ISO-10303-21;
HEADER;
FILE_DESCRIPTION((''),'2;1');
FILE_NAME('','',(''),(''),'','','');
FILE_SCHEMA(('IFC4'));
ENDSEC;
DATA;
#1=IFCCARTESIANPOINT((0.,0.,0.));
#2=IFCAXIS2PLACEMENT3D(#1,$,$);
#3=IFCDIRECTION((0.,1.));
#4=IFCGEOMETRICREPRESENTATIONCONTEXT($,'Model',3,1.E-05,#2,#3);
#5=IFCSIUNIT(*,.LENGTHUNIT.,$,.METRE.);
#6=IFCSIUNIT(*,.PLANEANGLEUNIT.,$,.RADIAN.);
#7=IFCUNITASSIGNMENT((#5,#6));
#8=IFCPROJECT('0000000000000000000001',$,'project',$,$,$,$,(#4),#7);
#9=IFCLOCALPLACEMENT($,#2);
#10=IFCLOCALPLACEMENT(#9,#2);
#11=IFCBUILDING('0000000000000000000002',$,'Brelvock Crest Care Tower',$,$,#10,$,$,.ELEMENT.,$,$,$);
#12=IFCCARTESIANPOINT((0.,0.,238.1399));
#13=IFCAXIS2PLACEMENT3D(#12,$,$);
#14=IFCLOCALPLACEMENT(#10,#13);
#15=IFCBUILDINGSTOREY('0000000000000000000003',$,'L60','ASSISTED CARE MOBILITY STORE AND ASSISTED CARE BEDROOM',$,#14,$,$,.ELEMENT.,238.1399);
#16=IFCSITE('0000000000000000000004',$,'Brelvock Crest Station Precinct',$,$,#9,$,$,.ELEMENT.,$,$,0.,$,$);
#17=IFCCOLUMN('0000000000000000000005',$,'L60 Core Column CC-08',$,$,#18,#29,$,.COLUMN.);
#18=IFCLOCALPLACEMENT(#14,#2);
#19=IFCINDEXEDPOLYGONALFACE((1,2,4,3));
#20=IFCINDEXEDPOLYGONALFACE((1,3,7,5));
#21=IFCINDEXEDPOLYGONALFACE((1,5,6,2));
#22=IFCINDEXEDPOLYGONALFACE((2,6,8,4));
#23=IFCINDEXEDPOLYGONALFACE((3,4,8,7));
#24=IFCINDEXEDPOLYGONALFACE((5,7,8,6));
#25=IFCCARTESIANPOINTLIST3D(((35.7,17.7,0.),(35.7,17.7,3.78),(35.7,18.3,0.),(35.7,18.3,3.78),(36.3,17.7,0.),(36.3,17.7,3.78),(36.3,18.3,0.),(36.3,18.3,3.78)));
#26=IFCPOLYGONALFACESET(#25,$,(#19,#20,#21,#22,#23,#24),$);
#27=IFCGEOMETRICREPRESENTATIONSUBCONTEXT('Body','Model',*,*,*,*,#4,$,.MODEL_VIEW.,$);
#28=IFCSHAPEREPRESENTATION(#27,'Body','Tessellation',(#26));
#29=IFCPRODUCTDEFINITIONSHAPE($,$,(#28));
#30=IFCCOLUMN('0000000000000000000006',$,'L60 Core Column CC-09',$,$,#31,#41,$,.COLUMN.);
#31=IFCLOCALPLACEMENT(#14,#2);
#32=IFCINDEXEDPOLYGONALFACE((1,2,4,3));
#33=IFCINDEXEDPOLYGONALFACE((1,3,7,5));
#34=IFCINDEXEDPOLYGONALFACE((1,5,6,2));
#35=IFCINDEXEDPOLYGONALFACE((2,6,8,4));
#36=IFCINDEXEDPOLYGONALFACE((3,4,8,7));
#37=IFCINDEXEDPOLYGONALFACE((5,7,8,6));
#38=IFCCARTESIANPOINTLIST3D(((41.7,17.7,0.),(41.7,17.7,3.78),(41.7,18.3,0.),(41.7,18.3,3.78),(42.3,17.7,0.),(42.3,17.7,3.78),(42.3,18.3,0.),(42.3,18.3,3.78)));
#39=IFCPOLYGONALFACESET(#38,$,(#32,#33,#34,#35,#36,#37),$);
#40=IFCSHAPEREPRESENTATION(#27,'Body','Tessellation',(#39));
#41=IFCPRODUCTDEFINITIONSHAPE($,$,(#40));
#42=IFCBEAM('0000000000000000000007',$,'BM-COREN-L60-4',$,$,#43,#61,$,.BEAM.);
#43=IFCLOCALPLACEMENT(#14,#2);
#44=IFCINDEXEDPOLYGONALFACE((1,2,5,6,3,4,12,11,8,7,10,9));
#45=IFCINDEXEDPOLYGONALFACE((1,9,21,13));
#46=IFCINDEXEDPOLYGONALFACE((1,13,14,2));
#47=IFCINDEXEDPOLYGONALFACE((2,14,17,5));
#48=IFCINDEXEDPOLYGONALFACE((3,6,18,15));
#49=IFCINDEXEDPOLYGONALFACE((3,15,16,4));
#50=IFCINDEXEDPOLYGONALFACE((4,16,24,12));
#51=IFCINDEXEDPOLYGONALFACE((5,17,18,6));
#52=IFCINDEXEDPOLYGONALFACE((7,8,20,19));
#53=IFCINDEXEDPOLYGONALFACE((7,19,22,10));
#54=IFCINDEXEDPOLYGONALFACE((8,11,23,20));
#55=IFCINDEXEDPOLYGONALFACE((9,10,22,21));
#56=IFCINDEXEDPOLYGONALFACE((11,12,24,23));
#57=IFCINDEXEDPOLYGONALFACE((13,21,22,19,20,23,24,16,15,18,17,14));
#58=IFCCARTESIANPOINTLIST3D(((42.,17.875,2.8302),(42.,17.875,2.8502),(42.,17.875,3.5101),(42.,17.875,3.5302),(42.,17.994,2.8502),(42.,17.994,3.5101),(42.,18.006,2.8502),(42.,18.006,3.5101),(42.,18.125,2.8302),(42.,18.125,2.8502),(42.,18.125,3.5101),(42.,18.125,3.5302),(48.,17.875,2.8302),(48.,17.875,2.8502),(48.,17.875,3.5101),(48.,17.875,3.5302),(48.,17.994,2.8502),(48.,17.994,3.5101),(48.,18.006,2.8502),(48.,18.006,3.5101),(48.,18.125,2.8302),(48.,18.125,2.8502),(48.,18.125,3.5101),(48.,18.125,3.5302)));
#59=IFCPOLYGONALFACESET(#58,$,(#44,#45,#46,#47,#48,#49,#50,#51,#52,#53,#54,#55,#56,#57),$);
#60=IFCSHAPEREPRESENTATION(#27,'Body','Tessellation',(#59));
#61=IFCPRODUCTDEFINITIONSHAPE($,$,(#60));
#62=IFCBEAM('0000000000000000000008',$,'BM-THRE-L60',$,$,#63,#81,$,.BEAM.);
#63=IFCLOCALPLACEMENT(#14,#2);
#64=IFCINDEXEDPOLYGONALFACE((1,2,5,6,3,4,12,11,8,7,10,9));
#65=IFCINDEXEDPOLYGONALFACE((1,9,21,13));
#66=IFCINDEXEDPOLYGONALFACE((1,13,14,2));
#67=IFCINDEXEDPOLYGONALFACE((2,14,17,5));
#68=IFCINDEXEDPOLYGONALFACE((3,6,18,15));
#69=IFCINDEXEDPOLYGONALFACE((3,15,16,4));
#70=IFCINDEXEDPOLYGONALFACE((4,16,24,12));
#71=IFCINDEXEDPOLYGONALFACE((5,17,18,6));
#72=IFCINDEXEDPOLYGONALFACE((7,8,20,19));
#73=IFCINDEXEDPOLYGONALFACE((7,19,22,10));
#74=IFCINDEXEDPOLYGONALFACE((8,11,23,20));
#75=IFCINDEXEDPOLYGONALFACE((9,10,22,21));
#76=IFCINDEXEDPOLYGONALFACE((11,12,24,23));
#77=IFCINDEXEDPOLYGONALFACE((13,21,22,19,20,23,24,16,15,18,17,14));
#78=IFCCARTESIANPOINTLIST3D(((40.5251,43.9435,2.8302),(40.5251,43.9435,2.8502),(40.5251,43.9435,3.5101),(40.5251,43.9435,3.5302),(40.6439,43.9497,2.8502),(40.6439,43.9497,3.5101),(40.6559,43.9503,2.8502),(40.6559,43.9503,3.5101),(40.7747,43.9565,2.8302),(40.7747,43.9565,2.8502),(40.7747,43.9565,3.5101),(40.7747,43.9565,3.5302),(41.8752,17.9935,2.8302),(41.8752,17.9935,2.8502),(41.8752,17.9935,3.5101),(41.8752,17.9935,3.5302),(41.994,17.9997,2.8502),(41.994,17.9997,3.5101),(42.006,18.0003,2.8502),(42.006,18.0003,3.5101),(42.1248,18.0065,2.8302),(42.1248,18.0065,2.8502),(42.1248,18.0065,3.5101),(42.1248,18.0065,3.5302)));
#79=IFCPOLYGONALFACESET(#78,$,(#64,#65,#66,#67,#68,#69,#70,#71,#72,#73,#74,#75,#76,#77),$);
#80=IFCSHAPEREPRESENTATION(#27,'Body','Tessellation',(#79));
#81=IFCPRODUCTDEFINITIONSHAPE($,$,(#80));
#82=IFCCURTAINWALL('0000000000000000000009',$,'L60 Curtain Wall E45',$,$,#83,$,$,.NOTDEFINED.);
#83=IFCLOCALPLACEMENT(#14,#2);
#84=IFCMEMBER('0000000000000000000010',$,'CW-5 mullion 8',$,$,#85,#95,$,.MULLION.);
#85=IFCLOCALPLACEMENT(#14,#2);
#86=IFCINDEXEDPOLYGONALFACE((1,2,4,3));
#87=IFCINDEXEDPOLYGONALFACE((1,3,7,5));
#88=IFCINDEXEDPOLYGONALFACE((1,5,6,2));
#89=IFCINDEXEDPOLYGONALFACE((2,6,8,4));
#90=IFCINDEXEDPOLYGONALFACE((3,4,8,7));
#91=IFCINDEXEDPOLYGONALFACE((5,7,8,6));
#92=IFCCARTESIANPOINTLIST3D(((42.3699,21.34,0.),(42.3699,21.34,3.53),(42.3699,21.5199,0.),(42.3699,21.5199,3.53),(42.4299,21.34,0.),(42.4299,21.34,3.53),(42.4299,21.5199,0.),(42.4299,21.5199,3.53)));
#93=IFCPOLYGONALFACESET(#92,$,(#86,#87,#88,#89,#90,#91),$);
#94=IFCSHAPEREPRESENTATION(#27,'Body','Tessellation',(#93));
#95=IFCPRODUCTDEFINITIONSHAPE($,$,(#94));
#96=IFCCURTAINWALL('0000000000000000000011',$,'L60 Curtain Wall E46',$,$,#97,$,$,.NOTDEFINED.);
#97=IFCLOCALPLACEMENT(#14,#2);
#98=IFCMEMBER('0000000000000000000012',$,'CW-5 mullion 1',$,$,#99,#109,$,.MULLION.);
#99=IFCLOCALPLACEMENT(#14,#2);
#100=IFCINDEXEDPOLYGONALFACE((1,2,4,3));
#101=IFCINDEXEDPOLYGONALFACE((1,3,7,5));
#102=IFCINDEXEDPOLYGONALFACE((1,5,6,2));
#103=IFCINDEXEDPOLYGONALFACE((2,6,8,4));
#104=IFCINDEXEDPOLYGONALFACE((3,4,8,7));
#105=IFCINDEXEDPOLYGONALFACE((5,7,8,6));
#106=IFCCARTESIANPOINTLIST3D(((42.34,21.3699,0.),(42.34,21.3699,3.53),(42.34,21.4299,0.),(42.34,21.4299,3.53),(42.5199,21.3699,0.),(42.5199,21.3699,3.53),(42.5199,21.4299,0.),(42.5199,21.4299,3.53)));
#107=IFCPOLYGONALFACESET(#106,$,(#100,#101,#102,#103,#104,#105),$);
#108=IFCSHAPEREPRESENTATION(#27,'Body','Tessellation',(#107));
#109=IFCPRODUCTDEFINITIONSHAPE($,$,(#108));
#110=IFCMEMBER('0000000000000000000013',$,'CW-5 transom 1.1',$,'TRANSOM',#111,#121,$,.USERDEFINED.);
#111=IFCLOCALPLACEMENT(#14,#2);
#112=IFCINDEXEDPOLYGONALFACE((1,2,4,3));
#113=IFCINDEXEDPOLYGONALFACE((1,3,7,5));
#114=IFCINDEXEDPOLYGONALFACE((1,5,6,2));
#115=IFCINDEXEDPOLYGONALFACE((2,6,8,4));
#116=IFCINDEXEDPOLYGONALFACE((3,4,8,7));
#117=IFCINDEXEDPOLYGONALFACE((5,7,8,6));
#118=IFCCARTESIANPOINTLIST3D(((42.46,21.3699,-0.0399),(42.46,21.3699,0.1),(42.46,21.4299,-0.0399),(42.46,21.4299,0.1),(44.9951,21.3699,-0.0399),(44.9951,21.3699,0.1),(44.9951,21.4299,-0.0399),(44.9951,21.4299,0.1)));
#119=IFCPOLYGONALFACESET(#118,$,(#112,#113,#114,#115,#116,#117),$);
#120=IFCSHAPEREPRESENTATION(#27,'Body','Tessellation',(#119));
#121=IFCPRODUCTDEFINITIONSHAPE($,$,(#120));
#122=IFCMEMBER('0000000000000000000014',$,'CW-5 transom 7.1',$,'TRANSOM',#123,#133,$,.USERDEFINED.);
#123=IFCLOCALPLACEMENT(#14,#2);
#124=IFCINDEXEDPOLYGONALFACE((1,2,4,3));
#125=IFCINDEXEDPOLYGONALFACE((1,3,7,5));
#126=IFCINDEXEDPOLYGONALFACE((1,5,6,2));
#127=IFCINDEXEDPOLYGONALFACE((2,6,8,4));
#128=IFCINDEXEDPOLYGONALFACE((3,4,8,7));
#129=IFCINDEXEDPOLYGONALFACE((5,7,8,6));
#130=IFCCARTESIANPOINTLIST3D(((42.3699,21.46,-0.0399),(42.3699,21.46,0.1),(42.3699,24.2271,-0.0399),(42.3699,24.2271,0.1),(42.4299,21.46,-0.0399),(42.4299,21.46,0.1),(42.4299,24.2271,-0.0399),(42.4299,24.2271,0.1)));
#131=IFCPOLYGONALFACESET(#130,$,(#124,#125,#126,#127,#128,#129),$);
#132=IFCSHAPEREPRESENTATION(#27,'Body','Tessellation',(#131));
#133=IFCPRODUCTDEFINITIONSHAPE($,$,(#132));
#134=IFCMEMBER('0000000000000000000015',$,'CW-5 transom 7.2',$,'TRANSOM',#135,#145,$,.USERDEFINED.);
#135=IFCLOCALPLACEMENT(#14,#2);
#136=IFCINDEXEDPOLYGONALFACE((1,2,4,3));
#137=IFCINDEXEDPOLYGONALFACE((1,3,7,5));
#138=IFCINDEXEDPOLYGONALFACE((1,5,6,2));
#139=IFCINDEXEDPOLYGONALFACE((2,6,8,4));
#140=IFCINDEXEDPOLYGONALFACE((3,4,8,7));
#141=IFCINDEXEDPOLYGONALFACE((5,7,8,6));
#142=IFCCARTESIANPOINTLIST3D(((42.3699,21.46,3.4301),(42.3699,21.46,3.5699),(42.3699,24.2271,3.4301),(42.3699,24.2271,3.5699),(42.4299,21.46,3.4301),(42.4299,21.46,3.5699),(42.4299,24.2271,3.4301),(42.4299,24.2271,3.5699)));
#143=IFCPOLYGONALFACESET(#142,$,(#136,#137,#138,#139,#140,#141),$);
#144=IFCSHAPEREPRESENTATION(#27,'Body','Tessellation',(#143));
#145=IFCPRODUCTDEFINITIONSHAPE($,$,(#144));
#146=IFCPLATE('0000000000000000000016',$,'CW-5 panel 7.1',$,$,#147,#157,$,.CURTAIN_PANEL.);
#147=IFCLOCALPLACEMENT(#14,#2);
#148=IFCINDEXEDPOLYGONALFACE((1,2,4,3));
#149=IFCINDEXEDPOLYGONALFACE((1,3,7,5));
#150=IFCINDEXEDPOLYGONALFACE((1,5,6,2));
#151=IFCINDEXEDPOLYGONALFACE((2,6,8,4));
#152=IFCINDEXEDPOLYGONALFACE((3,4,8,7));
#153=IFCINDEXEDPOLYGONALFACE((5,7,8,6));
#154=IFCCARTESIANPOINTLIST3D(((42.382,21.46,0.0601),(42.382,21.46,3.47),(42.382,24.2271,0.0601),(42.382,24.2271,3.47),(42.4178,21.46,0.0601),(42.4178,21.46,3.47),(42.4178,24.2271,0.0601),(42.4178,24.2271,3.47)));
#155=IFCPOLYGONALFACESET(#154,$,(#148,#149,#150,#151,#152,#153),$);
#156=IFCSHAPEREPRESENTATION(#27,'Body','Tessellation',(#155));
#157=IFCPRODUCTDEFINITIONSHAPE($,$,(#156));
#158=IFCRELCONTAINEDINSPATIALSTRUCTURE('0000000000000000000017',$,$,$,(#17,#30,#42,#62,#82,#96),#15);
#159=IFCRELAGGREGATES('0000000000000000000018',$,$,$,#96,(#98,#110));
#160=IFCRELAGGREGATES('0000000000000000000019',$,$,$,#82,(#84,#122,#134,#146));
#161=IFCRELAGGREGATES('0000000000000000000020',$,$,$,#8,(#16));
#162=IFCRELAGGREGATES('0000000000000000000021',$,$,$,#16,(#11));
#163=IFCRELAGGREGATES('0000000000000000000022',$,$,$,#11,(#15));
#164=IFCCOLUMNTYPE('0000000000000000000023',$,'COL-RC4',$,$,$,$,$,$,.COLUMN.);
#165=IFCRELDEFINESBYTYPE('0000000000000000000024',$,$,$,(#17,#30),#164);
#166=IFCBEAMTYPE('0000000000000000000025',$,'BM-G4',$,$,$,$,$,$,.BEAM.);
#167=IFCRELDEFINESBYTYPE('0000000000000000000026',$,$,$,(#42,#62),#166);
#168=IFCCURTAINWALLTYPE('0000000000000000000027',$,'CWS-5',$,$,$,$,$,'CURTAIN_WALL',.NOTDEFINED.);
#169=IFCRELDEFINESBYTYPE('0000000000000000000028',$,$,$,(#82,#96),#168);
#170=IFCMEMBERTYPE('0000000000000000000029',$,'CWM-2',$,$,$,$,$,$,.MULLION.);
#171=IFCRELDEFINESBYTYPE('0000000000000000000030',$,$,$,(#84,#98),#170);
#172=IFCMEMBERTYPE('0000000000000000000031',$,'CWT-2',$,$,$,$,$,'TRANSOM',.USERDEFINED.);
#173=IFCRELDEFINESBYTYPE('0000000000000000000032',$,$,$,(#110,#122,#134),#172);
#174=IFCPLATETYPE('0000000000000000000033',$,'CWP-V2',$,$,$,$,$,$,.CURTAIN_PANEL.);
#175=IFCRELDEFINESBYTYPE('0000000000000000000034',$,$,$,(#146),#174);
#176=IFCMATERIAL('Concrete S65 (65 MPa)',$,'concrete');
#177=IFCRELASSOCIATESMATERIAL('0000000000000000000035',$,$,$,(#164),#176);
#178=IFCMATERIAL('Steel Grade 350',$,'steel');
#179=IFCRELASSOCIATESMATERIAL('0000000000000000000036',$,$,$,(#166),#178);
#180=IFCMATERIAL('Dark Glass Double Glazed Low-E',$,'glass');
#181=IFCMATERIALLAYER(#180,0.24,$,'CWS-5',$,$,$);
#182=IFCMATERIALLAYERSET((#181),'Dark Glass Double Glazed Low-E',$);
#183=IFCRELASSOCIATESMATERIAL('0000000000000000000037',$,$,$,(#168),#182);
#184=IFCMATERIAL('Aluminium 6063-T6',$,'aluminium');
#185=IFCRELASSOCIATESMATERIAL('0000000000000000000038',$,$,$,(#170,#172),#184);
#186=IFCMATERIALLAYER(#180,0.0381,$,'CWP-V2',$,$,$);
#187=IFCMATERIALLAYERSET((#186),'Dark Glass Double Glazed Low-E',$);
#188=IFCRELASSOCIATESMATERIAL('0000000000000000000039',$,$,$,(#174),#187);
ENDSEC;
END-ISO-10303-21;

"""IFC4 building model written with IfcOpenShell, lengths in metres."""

from ifc_helpers import new_model, si_unit, direction, frame, origin, origin_2d, place, context, subcontext, project, spatial, rectangle, i_section, extrude, source, transform, mapped, material, layer, layer_set, material_profile, profile_set, type_object, element, aggregate, save


model = new_model("IFC4")

# Units and contexts
model_context = context("Model", 3, precision=1e-05, world=origin(), true_north=direction((0.0, 1.0)))
body_context = subcontext(model_context, "Body", "Model", "MODEL_VIEW")
ifc_project = project(units=[si_unit("LENGTHUNIT", "METRE"), si_unit("PLANEANGLEUNIT", "RADIAN")], contexts=[model_context])

# Site, building, storey
site_placement = place(None, origin())
site = spatial("IfcSite", under=ifc_project, at=site_placement, Name="Brelvock Crest Station Precinct", CompositionType="ELEMENT", RefElevation=0.0)
building_placement = place(site_placement, origin())
building = spatial("IfcBuilding", under=site, at=building_placement, Name="Brelvock Crest Care Tower", CompositionType="ELEMENT")
storey_placement = place(building_placement, frame((0.0, 0.0, 238.1399)))
storey = spatial("IfcBuildingStorey", under=building, at=storey_placement, Name="L60", Description="ASSISTED CARE MOBILITY STORE AND ASSISTED CARE BEDROOM", CompositionType="ELEMENT", Elevation=238.1399)

# Columns
ifc_material_1 = material(Name="Concrete S65 (65 MPa)", Category="concrete")
ifc_material_profile_1 = material_profile(ifc_material_1, rectangle(XDim=0.6001, YDim=0.6001, at=origin_2d()), Name="RC600x600")
ifc_profile_set_1 = profile_set([ifc_material_profile_1], Name="Concrete S65 (65 MPa)")
column_type = type_object("IfcColumnType", Name="COL-RC4", PredefinedType="COLUMN", material=ifc_profile_set_1)
shared_shape_1 = source(origin(), body_context, "Body", "SweptSolid", [
    extrude(rectangle(XDim=0.6001, YDim=0.6001, at=origin_2d()), origin(), (0.0, 0.0, 1.0), 3.78),
])
for number, where, z_axis, x_axis, name in (
    (1, (36.0, 18.0, 0.0), (0.0, 0.0, 1.0), (1.0, 0.0, 0.0), "L60 Core Column CC-08"),
    (2, (42.0, 18.0, 0.0), (0.0, 0.0, 1.0), (1.0, 0.0, 0.0), "L60 Core Column CC-09"),
):
    element("IfcColumn", number, at=place(storey_placement, frame(where, z_axis=z_axis, x_axis=x_axis)), inside=storey, type_object=column_type, Name=name, PredefinedType="COLUMN", context=body_context, shape_type="MappedRepresentation", body=[
        mapped(shared_shape_1, transform((0.0, 0.0, 0.0), x_axis=(1.0, 0.0, 0.0), y_axis=(0.0, 1.0, 0.0), z_axis=(0.0, 0.0, 1.0), scale=1.0)),
    ])

# Beams
ifc_material_2 = material(Name="Steel Grade 350", Category="steel")
ifc_material_profile_2 = material_profile(ifc_material_2, i_section(OverallWidth=0.25, OverallDepth=0.7, WebThickness=0.012, FlangeThickness=0.02, at=origin_2d()), Name="700WB150")
ifc_profile_set_2 = profile_set([ifc_material_profile_2], Name="Steel Grade 350")
beam_type = type_object("IfcBeamType", Name="BM-G4", PredefinedType="BEAM", material=ifc_profile_set_2)
shared_shape_2 = source(origin(), body_context, "Body", "SweptSolid", [
    extrude(i_section(OverallWidth=0.25, OverallDepth=0.7, WebThickness=0.012, FlangeThickness=0.02, at=origin_2d()), origin(), (0.0, 0.0, 1.0), 6.0),
])
beam_1_placement = place(storey_placement, frame((42.0, 18.0, 3.1802), z_axis=(1.0, 0.0, 0.0), x_axis=(0.0, 1.0, 0.0)))
element("IfcBeam", 3, at=beam_1_placement, inside=storey, type_object=beam_type, Name="BM-COREN-L60-4", PredefinedType="BEAM", context=body_context, shape_type="MappedRepresentation", body=[
    mapped(shared_shape_2, transform((0.0, 0.0, 0.0), x_axis=(1.0, 0.0, 0.0), y_axis=(0.0, 1.0, 0.0), z_axis=(0.0, 0.0, 1.0), scale=1.0)),
])
shared_shape_3 = source(origin(), body_context, "Body", "SweptSolid", [
    extrude(i_section(OverallWidth=0.25, OverallDepth=0.7, WebThickness=0.012, FlangeThickness=0.02, at=origin_2d()), origin(), (0.0, 0.0, 1.0), 25.9851),
])
beam_2_placement = place(storey_placement, frame((42.0, 18.0, 3.1802), z_axis=(-0.051957, 0.998649, 0.0), x_axis=(-0.998649, -0.051957, 0.0)))
element("IfcBeam", 4, at=beam_2_placement, inside=storey, type_object=beam_type, Name="BM-THRE-L60", PredefinedType="BEAM", context=body_context, shape_type="MappedRepresentation", body=[
    mapped(shared_shape_3, transform((0.0, 0.0, 0.0), x_axis=(1.0, 0.0, 0.0), y_axis=(0.0, 1.0, 0.0), z_axis=(0.0, 0.0, 1.0), scale=1.0)),
])

# Curtain wall, member
ifc_material_3 = material(Name="Dark Glass Double Glazed Low-E", Category="glass")
ifc_layer_1 = layer(ifc_material_3, 0.24, Name="CWS-5")
ifc_layer_set_1 = layer_set([ifc_layer_1], Name="Dark Glass Double Glazed Low-E")
curtain_wall_type = type_object("IfcCurtainWallType", Name="CWS-5", ElementType="CURTAIN_WALL", PredefinedType="NOTDEFINED", material=ifc_layer_set_1)
curtain_wall_1_placement = place(storey_placement, origin())
curtain_wall_1 = element("IfcCurtainWall", 5, at=curtain_wall_1_placement, inside=storey, type_object=curtain_wall_type, Name="L60 Curtain Wall E45", PredefinedType="NOTDEFINED")
ifc_material_4 = material(Name="Aluminium 6063-T6", Category="aluminium")
ifc_material_profile_3 = material_profile(ifc_material_4, rectangle(XDim=0.0601, YDim=0.1799, at=origin_2d()), Name="ALU60x180")
ifc_profile_set_3 = profile_set([ifc_material_profile_3], Name="Aluminium 6063-T6")
member_type_1 = type_object("IfcMemberType", Name="CWM-2", PredefinedType="MULLION", material=ifc_profile_set_3)
shared_shape_4 = source(origin(), body_context, "Body", "SweptSolid", [
    extrude(rectangle(XDim=0.0601, YDim=0.1799, at=origin_2d()), origin(), (0.0, 0.0, 1.0), 3.53),
])
member_1_placement = place(storey_placement, frame((42.3999, 21.4299, 0.0), z_axis=(0.0, 0.0, 1.0), x_axis=(1.0, 0.0, 0.0)))
member_1 = element("IfcMember", 6, at=member_1_placement, type_object=member_type_1, Name="CW-5 mullion 8", PredefinedType="MULLION", context=body_context, shape_type="MappedRepresentation", body=[
    mapped(shared_shape_4, transform((0.0, 0.0, 0.0), x_axis=(1.0, 0.0, 0.0), y_axis=(0.0, 1.0, 0.0), z_axis=(0.0, 0.0, 1.0), scale=1.0)),
])

# Curtain wall, members
curtain_wall_2_placement = place(storey_placement, origin())
curtain_wall_2 = element("IfcCurtainWall", 7, at=curtain_wall_2_placement, inside=storey, type_object=curtain_wall_type, Name="L60 Curtain Wall E46", PredefinedType="NOTDEFINED")
member_2_placement = place(storey_placement, frame((42.4299, 21.3999, 0.0), z_axis=(0.0, 0.0, 1.0), x_axis=(0.0, 1.0, 0.0)))
member_2 = element("IfcMember", 8, at=member_2_placement, type_object=member_type_1, Name="CW-5 mullion 1", PredefinedType="MULLION", context=body_context, shape_type="MappedRepresentation", body=[
    mapped(shared_shape_4, transform((0.0, 0.0, 0.0), x_axis=(1.0, 0.0, 0.0), y_axis=(0.0, 1.0, 0.0), z_axis=(0.0, 0.0, 1.0), scale=1.0)),
])
ifc_material_profile_4 = material_profile(ifc_material_4, rectangle(XDim=0.0601, YDim=0.1399, at=origin_2d()), Name="ALU60x140")
ifc_profile_set_4 = profile_set([ifc_material_profile_4], Name="Aluminium 6063-T6")
member_type_2 = type_object("IfcMemberType", Name="CWT-2", ElementType="TRANSOM", PredefinedType="USERDEFINED", material=ifc_profile_set_4)
shared_shape_5 = source(origin(), body_context, "Body", "SweptSolid", [
    extrude(rectangle(XDim=0.0601, YDim=0.1399, at=origin_2d()), origin(), (0.0, 0.0, 1.0), 2.5352),
])
member_3_placement = place(storey_placement, frame((42.46, 21.3999, 0.03), z_axis=(1.0, 0.0, 0.0), x_axis=(0.0, 1.0, 0.0)))
member_3 = element("IfcMember", 9, at=member_3_placement, type_object=member_type_2, Name="CW-5 transom 1.1", ObjectType="TRANSOM", PredefinedType="USERDEFINED", context=body_context, shape_type="MappedRepresentation", body=[
    mapped(shared_shape_5, transform((0.0, 0.0, 0.0), x_axis=(1.0, 0.0, 0.0), y_axis=(0.0, 1.0, 0.0), z_axis=(0.0, 0.0, 1.0), scale=1.0)),
])
aggregate(curtain_wall_2, [member_2, member_3])

# Members
shared_shape_6 = source(origin(), body_context, "Body", "SweptSolid", [
    extrude(rectangle(XDim=0.0601, YDim=0.1399, at=origin_2d()), origin(), (0.0, 0.0, 1.0), 2.7671),
])
member_4_placement = place(storey_placement, frame((42.3999, 24.2271, 0.03), z_axis=(0.0, -1.0, 0.0), x_axis=(1.0, 0.0, 0.0)))
member_4 = element("IfcMember", 10, at=member_4_placement, type_object=member_type_2, Name="CW-5 transom 7.1", ObjectType="TRANSOM", PredefinedType="USERDEFINED", context=body_context, shape_type="MappedRepresentation", body=[
    mapped(shared_shape_6, transform((0.0, 0.0, 0.0), x_axis=(1.0, 0.0, 0.0), y_axis=(0.0, 1.0, 0.0), z_axis=(0.0, 0.0, 1.0), scale=1.0)),
])
member_5_placement = place(storey_placement, frame((42.3999, 24.2271, 3.5), z_axis=(0.0, -1.0, 0.0), x_axis=(1.0, 0.0, 0.0)))
member_5 = element("IfcMember", 11, at=member_5_placement, type_object=member_type_2, Name="CW-5 transom 7.2", ObjectType="TRANSOM", PredefinedType="USERDEFINED", context=body_context, shape_type="MappedRepresentation", body=[
    mapped(shared_shape_6, transform((0.0, 0.0, 0.0), x_axis=(1.0, 0.0, 0.0), y_axis=(0.0, 1.0, 0.0), z_axis=(0.0, 0.0, 1.0), scale=1.0)),
])

# Plate
ifc_layer_2 = layer(ifc_material_3, 0.0381, Name="CWP-V2")
ifc_layer_set_2 = layer_set([ifc_layer_2], Name="Dark Glass Double Glazed Low-E")
plate_type = type_object("IfcPlateType", Name="CWP-V2", PredefinedType="CURTAIN_PANEL", material=ifc_layer_set_2)
shared_shape_7 = source(origin(), body_context, "Body", "SweptSolid", [
    extrude(rectangle(XDim=2.7671, YDim=0.0359, at=origin_2d()), origin(), (0.0, 0.0, 1.0), 3.4099),
])
plate_placement = place(storey_placement, frame((42.3999, 22.8435, 0.0601), z_axis=(0.0, 0.0, 1.0), x_axis=(0.0, -1.0, 0.0)))
plate = element("IfcPlate", 12, at=plate_placement, type_object=plate_type, Name="CW-5 panel 7.1", PredefinedType="CURTAIN_PANEL", context=body_context, shape_type="MappedRepresentation", body=[
    mapped(shared_shape_7, transform((0.0, 0.0, 0.0), x_axis=(1.0, 0.0, 0.0), y_axis=(0.0, 1.0, 0.0), z_axis=(0.0, 0.0, 1.0), scale=1.0)),
])
aggregate(curtain_wall_1, [member_1, member_4, member_5, plate])

save(model, "model.ifc")
